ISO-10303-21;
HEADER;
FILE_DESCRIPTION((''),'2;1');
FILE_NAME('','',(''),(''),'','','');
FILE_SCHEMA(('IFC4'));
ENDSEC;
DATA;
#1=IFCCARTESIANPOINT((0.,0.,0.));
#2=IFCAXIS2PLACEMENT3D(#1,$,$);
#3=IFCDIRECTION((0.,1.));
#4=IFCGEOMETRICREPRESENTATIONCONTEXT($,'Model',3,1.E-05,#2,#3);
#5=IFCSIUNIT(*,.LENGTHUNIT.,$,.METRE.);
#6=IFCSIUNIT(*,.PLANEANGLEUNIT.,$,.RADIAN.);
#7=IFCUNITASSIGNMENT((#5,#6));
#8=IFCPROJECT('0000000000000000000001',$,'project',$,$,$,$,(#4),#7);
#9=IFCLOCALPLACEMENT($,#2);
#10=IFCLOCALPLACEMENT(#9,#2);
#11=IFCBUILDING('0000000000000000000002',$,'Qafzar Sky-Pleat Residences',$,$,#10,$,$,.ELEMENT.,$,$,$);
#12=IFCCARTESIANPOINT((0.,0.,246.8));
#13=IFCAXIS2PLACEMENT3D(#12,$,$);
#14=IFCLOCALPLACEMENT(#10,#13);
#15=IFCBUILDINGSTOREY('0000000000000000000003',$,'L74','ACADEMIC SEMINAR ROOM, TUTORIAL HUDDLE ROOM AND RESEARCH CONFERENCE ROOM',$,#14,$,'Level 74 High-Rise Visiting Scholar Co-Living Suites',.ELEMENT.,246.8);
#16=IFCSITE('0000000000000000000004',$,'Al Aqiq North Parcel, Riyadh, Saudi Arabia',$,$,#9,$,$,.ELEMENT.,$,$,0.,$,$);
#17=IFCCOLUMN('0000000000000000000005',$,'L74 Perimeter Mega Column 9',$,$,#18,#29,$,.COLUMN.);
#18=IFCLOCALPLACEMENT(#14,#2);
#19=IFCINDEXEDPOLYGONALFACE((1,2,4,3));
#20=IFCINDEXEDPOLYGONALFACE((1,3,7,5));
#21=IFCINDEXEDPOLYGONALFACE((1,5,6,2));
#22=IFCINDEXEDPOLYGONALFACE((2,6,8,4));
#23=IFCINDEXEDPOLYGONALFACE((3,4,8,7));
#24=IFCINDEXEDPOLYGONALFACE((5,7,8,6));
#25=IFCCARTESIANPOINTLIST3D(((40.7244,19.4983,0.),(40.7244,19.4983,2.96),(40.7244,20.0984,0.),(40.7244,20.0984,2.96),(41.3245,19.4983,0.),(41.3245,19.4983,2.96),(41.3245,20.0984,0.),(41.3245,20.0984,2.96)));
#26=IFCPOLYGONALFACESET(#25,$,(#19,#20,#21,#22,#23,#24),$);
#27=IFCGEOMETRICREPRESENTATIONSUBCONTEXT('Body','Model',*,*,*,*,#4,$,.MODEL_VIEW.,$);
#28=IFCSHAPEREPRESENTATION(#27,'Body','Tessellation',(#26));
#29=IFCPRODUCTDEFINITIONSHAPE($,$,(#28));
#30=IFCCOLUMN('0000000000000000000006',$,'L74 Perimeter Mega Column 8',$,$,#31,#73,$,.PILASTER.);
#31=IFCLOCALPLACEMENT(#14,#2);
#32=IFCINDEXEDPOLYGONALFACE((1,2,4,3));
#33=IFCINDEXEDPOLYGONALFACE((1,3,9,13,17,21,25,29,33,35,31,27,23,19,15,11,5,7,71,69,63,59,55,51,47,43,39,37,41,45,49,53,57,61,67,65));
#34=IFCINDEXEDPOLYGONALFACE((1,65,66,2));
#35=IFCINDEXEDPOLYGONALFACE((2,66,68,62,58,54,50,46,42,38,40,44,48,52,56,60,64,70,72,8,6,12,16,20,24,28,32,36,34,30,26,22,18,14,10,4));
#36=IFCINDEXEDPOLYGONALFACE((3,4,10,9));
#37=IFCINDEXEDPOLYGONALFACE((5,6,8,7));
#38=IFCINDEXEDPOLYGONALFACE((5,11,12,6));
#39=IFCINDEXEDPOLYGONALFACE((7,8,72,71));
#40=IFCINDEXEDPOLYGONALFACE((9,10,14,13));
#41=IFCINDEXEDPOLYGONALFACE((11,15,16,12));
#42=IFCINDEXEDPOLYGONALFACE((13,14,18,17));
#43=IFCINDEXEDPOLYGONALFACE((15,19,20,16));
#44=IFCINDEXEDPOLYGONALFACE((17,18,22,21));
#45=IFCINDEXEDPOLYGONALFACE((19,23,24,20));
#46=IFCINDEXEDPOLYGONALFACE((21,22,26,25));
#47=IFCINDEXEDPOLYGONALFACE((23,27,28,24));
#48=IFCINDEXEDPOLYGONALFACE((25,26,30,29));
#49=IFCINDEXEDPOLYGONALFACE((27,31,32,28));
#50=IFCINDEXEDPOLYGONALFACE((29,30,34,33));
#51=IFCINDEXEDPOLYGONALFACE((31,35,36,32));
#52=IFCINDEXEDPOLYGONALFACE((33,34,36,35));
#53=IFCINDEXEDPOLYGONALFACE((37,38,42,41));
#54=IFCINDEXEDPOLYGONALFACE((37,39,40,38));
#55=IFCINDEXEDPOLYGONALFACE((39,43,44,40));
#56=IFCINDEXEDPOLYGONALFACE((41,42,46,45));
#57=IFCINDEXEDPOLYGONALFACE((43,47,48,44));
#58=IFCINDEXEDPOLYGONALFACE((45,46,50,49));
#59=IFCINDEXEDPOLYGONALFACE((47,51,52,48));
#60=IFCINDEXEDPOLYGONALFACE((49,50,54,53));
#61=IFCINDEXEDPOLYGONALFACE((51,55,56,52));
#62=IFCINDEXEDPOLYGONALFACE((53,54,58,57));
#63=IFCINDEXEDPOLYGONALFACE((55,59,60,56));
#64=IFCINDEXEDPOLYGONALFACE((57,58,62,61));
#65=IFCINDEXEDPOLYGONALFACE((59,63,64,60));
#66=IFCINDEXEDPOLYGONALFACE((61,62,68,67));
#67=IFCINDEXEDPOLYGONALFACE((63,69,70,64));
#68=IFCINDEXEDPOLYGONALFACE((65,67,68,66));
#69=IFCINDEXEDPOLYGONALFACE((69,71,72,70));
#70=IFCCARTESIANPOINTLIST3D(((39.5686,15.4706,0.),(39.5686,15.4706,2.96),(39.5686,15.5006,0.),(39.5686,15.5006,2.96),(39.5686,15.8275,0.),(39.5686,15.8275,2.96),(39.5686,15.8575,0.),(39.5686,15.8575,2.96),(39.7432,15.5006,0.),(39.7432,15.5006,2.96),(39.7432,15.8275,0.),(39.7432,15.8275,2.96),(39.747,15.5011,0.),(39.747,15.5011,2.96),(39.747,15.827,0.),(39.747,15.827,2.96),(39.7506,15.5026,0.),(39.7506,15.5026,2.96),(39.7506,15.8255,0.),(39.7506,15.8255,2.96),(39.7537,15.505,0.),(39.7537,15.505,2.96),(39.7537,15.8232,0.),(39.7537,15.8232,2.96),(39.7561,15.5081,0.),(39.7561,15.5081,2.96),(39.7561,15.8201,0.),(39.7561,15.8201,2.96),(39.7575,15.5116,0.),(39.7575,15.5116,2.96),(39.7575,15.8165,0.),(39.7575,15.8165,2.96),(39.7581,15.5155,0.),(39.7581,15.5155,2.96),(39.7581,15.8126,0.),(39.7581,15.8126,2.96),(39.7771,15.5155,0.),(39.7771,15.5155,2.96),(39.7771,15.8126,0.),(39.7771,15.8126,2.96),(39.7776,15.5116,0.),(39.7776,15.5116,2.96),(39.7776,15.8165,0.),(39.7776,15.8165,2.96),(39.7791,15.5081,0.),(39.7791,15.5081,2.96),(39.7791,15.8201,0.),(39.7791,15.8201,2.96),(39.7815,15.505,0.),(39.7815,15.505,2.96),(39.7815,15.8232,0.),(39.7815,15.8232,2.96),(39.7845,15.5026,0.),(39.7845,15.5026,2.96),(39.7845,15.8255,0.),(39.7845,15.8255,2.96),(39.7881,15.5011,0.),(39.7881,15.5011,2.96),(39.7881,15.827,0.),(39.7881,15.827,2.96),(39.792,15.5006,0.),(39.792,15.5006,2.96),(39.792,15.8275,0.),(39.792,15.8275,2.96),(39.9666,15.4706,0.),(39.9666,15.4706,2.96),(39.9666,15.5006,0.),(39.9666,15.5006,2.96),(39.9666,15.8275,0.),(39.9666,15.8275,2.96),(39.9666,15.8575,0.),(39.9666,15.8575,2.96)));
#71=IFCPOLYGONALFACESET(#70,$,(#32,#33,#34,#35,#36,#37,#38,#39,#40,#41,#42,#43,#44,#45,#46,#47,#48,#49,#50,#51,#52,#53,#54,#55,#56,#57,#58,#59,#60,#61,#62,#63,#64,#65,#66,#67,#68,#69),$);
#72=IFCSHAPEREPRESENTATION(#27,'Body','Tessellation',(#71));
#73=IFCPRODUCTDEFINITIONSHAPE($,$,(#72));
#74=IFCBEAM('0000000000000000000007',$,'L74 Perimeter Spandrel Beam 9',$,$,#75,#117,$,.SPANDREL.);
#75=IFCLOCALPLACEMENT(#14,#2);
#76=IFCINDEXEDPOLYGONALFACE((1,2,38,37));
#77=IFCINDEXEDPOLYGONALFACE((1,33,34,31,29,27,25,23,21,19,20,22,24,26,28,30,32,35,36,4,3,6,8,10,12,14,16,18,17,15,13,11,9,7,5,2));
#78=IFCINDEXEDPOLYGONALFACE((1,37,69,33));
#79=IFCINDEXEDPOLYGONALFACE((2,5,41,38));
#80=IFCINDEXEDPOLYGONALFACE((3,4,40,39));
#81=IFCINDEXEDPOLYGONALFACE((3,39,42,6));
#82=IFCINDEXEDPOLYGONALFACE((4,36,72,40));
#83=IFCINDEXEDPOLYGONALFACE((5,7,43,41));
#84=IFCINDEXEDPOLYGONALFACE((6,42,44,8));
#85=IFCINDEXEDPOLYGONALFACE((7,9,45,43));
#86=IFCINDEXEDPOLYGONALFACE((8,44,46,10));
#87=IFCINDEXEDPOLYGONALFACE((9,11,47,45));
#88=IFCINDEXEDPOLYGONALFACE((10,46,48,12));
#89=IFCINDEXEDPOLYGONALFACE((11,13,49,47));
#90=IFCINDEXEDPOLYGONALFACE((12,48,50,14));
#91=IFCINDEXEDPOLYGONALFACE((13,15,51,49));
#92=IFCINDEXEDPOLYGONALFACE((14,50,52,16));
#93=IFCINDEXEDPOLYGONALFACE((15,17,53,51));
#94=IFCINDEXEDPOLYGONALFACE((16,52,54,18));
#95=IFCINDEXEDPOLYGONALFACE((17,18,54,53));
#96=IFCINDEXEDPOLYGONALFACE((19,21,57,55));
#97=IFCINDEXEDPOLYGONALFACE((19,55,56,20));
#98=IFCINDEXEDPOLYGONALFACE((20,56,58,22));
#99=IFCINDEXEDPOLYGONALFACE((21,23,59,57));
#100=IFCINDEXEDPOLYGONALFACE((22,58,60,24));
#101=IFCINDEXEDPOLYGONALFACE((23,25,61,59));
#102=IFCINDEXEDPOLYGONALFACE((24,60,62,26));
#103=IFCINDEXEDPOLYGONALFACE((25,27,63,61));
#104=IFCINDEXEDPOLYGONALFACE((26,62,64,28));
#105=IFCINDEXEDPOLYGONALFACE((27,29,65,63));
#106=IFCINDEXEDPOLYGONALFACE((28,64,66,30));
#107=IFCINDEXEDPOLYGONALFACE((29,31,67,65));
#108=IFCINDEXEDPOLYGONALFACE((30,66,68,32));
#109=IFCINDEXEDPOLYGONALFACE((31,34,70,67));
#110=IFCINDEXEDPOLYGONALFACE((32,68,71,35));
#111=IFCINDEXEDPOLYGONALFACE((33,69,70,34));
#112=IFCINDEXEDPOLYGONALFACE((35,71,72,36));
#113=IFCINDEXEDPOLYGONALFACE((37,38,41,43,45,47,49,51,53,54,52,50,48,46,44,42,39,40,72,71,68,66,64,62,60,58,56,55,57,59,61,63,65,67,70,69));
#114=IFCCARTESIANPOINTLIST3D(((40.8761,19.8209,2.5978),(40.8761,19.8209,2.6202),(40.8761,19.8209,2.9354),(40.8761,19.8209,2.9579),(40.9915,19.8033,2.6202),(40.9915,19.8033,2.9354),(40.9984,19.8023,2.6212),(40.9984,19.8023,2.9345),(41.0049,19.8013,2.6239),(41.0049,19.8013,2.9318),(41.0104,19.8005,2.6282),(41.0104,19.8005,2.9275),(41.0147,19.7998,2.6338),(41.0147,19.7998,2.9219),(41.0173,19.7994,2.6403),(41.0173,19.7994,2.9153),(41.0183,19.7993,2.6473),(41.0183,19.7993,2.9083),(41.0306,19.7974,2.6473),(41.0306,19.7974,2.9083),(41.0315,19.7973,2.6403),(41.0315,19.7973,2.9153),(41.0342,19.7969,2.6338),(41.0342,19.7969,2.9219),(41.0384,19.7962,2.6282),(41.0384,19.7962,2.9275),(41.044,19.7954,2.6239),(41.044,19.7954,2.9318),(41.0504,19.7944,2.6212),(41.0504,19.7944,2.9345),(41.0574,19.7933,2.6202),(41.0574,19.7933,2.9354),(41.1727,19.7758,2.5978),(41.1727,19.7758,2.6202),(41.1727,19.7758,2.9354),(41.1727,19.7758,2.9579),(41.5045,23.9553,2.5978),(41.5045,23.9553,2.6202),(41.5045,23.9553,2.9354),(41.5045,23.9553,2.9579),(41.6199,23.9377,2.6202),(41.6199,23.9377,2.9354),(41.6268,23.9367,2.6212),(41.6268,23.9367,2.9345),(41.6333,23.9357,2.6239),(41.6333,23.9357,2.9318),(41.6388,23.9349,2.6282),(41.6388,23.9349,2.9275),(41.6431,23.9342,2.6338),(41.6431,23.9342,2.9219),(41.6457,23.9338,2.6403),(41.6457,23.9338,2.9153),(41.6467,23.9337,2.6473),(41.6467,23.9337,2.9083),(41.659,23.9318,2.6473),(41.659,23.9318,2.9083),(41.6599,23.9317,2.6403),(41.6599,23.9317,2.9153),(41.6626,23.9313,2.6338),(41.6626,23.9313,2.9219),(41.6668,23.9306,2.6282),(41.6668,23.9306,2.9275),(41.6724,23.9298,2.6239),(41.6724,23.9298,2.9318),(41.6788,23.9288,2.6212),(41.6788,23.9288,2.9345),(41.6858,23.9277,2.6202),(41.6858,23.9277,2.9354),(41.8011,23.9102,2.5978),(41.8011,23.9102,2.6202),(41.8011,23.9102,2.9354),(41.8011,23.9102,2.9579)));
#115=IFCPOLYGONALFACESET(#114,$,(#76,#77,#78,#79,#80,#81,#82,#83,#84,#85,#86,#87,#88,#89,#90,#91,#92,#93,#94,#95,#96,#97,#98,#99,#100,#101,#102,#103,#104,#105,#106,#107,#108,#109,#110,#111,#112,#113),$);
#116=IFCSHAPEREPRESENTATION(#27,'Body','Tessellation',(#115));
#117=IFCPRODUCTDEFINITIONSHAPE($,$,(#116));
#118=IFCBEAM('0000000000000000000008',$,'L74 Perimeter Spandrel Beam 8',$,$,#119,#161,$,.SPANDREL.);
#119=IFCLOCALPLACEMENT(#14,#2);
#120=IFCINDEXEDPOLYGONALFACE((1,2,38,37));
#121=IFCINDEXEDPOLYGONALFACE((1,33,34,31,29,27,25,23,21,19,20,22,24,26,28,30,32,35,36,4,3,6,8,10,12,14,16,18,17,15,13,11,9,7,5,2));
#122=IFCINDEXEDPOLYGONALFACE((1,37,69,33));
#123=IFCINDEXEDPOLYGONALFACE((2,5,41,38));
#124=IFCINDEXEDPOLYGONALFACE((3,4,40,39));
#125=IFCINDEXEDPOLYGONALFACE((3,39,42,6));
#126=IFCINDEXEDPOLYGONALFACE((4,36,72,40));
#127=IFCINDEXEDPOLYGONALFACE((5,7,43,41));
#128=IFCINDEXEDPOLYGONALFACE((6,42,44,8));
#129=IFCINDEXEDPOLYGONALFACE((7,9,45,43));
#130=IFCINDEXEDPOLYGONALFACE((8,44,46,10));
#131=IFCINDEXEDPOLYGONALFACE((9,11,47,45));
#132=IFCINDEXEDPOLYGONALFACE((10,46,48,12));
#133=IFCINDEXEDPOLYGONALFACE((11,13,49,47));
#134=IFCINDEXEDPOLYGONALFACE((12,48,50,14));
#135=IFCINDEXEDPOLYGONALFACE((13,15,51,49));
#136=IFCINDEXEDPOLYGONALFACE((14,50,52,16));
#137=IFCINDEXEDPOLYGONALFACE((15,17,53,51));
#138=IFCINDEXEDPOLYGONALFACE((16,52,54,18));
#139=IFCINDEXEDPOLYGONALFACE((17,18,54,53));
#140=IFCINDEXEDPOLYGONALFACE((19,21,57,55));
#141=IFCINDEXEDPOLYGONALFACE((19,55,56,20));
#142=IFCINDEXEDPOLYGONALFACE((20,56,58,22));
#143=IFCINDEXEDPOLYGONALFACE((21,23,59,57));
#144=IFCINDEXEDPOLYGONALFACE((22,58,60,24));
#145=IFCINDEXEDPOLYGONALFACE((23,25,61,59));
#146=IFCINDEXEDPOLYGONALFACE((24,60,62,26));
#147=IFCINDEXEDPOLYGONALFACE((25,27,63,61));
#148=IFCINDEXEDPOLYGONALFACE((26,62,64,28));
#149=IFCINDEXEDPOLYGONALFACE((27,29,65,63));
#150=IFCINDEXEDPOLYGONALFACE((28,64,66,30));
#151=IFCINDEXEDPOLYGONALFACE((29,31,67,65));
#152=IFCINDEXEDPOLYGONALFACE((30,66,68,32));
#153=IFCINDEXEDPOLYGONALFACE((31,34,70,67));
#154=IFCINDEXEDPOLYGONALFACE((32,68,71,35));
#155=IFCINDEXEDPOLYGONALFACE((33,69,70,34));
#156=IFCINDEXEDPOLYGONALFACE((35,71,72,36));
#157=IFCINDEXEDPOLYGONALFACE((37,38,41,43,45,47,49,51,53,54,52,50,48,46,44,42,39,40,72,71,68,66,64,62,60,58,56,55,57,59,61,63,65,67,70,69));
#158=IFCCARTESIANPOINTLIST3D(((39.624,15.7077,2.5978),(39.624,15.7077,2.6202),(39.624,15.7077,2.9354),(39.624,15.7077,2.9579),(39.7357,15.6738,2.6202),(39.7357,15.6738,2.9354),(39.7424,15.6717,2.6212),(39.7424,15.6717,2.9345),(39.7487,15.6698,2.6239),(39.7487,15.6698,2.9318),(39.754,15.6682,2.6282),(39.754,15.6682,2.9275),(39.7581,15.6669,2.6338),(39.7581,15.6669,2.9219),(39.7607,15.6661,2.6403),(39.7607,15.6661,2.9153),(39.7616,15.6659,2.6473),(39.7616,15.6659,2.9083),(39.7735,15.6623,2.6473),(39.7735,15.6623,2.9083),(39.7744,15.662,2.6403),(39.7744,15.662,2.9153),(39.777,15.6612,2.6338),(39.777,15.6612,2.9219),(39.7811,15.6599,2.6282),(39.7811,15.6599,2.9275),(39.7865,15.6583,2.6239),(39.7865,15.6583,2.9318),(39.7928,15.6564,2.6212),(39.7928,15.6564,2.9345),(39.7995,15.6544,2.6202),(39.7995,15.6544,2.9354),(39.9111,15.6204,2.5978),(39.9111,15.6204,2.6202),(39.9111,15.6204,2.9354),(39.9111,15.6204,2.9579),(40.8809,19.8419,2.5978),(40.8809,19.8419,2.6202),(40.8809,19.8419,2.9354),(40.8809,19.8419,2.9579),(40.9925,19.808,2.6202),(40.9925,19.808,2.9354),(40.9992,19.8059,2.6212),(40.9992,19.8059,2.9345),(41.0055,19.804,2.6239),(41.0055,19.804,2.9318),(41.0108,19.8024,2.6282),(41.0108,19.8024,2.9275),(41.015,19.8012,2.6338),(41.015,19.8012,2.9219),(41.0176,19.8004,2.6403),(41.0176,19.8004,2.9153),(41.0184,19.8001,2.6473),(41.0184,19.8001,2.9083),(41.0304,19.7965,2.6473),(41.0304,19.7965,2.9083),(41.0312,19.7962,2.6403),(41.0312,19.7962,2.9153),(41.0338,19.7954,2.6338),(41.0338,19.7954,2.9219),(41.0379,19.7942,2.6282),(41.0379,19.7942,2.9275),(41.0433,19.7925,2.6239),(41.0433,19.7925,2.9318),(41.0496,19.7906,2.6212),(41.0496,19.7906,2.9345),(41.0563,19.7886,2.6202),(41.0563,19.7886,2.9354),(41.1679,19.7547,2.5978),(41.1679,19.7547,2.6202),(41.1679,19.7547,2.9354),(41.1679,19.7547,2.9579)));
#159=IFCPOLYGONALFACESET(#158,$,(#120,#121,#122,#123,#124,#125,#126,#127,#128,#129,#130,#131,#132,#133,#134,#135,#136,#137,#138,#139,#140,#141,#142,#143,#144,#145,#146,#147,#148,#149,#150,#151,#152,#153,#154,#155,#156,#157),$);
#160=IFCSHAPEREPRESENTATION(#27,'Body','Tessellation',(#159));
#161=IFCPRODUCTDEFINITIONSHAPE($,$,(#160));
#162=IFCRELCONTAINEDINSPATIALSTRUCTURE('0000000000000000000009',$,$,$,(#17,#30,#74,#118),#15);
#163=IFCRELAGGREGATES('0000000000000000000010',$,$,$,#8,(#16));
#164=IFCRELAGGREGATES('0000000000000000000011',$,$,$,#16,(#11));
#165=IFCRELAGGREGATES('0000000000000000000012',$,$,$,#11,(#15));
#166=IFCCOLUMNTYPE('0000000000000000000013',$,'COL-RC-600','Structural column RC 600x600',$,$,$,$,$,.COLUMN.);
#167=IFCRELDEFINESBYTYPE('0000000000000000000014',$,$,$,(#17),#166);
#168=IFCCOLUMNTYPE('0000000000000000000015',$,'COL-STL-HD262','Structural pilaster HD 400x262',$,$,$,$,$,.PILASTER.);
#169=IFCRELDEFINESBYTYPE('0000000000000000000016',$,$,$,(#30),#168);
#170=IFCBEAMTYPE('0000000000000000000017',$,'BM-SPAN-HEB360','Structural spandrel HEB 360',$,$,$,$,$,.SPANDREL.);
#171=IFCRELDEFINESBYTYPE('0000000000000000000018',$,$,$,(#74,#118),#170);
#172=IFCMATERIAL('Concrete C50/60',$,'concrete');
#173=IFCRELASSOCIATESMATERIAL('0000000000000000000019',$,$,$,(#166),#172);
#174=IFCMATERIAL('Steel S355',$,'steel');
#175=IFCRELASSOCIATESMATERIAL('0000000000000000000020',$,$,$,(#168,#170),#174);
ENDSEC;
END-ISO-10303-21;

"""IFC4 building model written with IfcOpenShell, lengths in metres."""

from ifc_helpers import new_model, si_unit, direction, frame, origin, origin_2d, place, context, subcontext, project, spatial, rectangle, i_section, extrude, source, transform, mapped, material, material_profile, profile_set, type_object, element, save


model = new_model("IFC4")

# Units and contexts
model_context = context("Model", 3, precision=1e-05, world=origin(), true_north=direction((0.0, 1.0)))
body_context = subcontext(model_context, "Body", "Model", "MODEL_VIEW")
ifc_project = project(units=[si_unit("LENGTHUNIT", "METRE"), si_unit("PLANEANGLEUNIT", "RADIAN")], contexts=[model_context])

# Site, building, storey
site_placement = place(None, origin())
site = spatial("IfcSite", under=ifc_project, at=site_placement, Name="Al Aqiq North Parcel, Riyadh, Saudi Arabia", CompositionType="ELEMENT", RefElevation=0.0)
building_placement = place(site_placement, origin())
building = spatial("IfcBuilding", under=site, at=building_placement, Name="Qafzar Sky-Pleat Residences", CompositionType="ELEMENT")
storey_placement = place(building_placement, frame((0.0, 0.0, 246.8)))
storey = spatial("IfcBuildingStorey", under=building, at=storey_placement, Name="L74", Description="ACADEMIC SEMINAR ROOM, TUTORIAL HUDDLE ROOM AND RESEARCH CONFERENCE ROOM", LongName="Level 74 High-Rise Visiting Scholar Co-Living Suites", CompositionType="ELEMENT", Elevation=246.8)

# Columns
ifc_material_1 = material(Name="Concrete C50/60", Category="concrete")
ifc_material_profile_1 = material_profile(ifc_material_1, rectangle(XDim=0.6001, YDim=0.6001, at=origin_2d()), Name="RC 600x600")
ifc_profile_set_1 = profile_set([ifc_material_profile_1], Name="Concrete C50/60")
column_type_1 = type_object("IfcColumnType", Name="COL-RC-600", Description="Structural column RC 600x600", PredefinedType="COLUMN", material=ifc_profile_set_1)
shared_shape_1 = source(origin(), body_context, "Body", "SweptSolid", [
    extrude(rectangle(XDim=0.6001, YDim=0.6001, at=origin_2d()), origin(), (0.0, 0.0, 1.0), 2.96),
])
column_1_placement = place(storey_placement, frame((41.0244, 19.7983, 0.0), z_axis=(0.0, 0.0, 1.0), x_axis=(1.0, 0.0, 0.0)))
element("IfcColumn", 1, at=column_1_placement, inside=storey, type_object=column_type_1, Name="L74 Perimeter Mega Column 9", PredefinedType="COLUMN", context=body_context, shape_type="MappedRepresentation", body=[
    mapped(shared_shape_1, transform((0.0, 0.0, 0.0), x_axis=(1.0, 0.0, 0.0), y_axis=(0.0, 1.0, 0.0), z_axis=(0.0, 0.0, 1.0), scale=1.0)),
])
ifc_material_2 = material(Name="Steel S355", Category="steel")
ifc_material_profile_2 = material_profile(ifc_material_2, i_section(OverallWidth=0.3979, OverallDepth=0.387, WebThickness=0.019, FlangeThickness=0.03, FilletRadius=0.0149, at=origin_2d()), Name="HD 400x262")
ifc_profile_set_2 = profile_set([ifc_material_profile_2], Name="Steel S355")
column_type_2 = type_object("IfcColumnType", Name="COL-STL-HD262", Description="Structural pilaster HD 400x262", PredefinedType="PILASTER", material=ifc_profile_set_2)
shared_shape_2 = source(origin(), body_context, "Body", "SweptSolid", [
    extrude(i_section(OverallWidth=0.3979, OverallDepth=0.387, WebThickness=0.019, FlangeThickness=0.03, FilletRadius=0.0149, at=origin_2d()), origin(), (0.0, 0.0, 1.0), 2.96),
])
column_2_placement = place(storey_placement, frame((39.7676, 15.6641, 0.0), z_axis=(0.0, 0.0, 1.0), x_axis=(1.0, 0.0, 0.0)))
element("IfcColumn", 2, at=column_2_placement, inside=storey, type_object=column_type_2, Name="L74 Perimeter Mega Column 8", PredefinedType="PILASTER", context=body_context, shape_type="MappedRepresentation", body=[
    mapped(shared_shape_2, transform((0.0, 0.0, 0.0), x_axis=(1.0, 0.0, 0.0), y_axis=(0.0, 1.0, 0.0), z_axis=(0.0, 0.0, 1.0), scale=1.0)),
])

# Beams
ifc_material_profile_3 = material_profile(ifc_material_2, i_section(OverallWidth=0.3, OverallDepth=0.3601, WebThickness=0.0125, FlangeThickness=0.0225, FilletRadius=0.0271, at=origin_2d()), Name="HEB 360")
ifc_profile_set_3 = profile_set([ifc_material_profile_3], Name="Steel S355")
beam_type = type_object("IfcBeamType", Name="BM-SPAN-HEB360", Description="Structural spandrel HEB 360", PredefinedType="SPANDREL", material=ifc_profile_set_3)
shared_shape_3 = source(origin(), body_context, "Body", "SweptSolid", [
    extrude(i_section(OverallWidth=0.3, OverallDepth=0.3601, WebThickness=0.0125, FlangeThickness=0.0225, FilletRadius=0.0271, at=origin_2d()), origin(), (0.0, 0.0, 1.0), 4.1819),
])
beam_1_placement = place(storey_placement, frame((41.0244, 19.7983, 2.7778), z_axis=(0.150267, 0.988645, 0.0), x_axis=(-0.988645, 0.150267, 0.0)))
element("IfcBeam", 3, at=beam_1_placement, inside=storey, type_object=beam_type, Name="L74 Perimeter Spandrel Beam 9", PredefinedType="SPANDREL", context=body_context, shape_type="MappedRepresentation", body=[
    mapped(shared_shape_3, transform((0.0, 0.0, 0.0), x_axis=(1.0, 0.0, 0.0), y_axis=(0.0, 1.0, 0.0), z_axis=(0.0, 0.0, 1.0), scale=1.0)),
])
shared_shape_4 = source(origin(), body_context, "Body", "SweptSolid", [
    extrude(i_section(OverallWidth=0.3, OverallDepth=0.3601, WebThickness=0.0125, FlangeThickness=0.0225, FilletRadius=0.0271, at=origin_2d()), origin(), (0.0, 0.0, 1.0), 4.321),
])
beam_2_placement = place(storey_placement, frame((39.7676, 15.6641, 2.7778), z_axis=(0.29086, 0.956766, 0.0), x_axis=(-0.956766, 0.29086, 0.0)))
element("IfcBeam", 4, at=beam_2_placement, inside=storey, type_object=beam_type, Name="L74 Perimeter Spandrel Beam 8", PredefinedType="SPANDREL", context=body_context, shape_type="MappedRepresentation", body=[
    mapped(shared_shape_4, transform((0.0, 0.0, 0.0), x_axis=(1.0, 0.0, 0.0), y_axis=(0.0, 1.0, 0.0), z_axis=(0.0, 0.0, 1.0), scale=1.0)),
])

save(model, "model.ifc")
